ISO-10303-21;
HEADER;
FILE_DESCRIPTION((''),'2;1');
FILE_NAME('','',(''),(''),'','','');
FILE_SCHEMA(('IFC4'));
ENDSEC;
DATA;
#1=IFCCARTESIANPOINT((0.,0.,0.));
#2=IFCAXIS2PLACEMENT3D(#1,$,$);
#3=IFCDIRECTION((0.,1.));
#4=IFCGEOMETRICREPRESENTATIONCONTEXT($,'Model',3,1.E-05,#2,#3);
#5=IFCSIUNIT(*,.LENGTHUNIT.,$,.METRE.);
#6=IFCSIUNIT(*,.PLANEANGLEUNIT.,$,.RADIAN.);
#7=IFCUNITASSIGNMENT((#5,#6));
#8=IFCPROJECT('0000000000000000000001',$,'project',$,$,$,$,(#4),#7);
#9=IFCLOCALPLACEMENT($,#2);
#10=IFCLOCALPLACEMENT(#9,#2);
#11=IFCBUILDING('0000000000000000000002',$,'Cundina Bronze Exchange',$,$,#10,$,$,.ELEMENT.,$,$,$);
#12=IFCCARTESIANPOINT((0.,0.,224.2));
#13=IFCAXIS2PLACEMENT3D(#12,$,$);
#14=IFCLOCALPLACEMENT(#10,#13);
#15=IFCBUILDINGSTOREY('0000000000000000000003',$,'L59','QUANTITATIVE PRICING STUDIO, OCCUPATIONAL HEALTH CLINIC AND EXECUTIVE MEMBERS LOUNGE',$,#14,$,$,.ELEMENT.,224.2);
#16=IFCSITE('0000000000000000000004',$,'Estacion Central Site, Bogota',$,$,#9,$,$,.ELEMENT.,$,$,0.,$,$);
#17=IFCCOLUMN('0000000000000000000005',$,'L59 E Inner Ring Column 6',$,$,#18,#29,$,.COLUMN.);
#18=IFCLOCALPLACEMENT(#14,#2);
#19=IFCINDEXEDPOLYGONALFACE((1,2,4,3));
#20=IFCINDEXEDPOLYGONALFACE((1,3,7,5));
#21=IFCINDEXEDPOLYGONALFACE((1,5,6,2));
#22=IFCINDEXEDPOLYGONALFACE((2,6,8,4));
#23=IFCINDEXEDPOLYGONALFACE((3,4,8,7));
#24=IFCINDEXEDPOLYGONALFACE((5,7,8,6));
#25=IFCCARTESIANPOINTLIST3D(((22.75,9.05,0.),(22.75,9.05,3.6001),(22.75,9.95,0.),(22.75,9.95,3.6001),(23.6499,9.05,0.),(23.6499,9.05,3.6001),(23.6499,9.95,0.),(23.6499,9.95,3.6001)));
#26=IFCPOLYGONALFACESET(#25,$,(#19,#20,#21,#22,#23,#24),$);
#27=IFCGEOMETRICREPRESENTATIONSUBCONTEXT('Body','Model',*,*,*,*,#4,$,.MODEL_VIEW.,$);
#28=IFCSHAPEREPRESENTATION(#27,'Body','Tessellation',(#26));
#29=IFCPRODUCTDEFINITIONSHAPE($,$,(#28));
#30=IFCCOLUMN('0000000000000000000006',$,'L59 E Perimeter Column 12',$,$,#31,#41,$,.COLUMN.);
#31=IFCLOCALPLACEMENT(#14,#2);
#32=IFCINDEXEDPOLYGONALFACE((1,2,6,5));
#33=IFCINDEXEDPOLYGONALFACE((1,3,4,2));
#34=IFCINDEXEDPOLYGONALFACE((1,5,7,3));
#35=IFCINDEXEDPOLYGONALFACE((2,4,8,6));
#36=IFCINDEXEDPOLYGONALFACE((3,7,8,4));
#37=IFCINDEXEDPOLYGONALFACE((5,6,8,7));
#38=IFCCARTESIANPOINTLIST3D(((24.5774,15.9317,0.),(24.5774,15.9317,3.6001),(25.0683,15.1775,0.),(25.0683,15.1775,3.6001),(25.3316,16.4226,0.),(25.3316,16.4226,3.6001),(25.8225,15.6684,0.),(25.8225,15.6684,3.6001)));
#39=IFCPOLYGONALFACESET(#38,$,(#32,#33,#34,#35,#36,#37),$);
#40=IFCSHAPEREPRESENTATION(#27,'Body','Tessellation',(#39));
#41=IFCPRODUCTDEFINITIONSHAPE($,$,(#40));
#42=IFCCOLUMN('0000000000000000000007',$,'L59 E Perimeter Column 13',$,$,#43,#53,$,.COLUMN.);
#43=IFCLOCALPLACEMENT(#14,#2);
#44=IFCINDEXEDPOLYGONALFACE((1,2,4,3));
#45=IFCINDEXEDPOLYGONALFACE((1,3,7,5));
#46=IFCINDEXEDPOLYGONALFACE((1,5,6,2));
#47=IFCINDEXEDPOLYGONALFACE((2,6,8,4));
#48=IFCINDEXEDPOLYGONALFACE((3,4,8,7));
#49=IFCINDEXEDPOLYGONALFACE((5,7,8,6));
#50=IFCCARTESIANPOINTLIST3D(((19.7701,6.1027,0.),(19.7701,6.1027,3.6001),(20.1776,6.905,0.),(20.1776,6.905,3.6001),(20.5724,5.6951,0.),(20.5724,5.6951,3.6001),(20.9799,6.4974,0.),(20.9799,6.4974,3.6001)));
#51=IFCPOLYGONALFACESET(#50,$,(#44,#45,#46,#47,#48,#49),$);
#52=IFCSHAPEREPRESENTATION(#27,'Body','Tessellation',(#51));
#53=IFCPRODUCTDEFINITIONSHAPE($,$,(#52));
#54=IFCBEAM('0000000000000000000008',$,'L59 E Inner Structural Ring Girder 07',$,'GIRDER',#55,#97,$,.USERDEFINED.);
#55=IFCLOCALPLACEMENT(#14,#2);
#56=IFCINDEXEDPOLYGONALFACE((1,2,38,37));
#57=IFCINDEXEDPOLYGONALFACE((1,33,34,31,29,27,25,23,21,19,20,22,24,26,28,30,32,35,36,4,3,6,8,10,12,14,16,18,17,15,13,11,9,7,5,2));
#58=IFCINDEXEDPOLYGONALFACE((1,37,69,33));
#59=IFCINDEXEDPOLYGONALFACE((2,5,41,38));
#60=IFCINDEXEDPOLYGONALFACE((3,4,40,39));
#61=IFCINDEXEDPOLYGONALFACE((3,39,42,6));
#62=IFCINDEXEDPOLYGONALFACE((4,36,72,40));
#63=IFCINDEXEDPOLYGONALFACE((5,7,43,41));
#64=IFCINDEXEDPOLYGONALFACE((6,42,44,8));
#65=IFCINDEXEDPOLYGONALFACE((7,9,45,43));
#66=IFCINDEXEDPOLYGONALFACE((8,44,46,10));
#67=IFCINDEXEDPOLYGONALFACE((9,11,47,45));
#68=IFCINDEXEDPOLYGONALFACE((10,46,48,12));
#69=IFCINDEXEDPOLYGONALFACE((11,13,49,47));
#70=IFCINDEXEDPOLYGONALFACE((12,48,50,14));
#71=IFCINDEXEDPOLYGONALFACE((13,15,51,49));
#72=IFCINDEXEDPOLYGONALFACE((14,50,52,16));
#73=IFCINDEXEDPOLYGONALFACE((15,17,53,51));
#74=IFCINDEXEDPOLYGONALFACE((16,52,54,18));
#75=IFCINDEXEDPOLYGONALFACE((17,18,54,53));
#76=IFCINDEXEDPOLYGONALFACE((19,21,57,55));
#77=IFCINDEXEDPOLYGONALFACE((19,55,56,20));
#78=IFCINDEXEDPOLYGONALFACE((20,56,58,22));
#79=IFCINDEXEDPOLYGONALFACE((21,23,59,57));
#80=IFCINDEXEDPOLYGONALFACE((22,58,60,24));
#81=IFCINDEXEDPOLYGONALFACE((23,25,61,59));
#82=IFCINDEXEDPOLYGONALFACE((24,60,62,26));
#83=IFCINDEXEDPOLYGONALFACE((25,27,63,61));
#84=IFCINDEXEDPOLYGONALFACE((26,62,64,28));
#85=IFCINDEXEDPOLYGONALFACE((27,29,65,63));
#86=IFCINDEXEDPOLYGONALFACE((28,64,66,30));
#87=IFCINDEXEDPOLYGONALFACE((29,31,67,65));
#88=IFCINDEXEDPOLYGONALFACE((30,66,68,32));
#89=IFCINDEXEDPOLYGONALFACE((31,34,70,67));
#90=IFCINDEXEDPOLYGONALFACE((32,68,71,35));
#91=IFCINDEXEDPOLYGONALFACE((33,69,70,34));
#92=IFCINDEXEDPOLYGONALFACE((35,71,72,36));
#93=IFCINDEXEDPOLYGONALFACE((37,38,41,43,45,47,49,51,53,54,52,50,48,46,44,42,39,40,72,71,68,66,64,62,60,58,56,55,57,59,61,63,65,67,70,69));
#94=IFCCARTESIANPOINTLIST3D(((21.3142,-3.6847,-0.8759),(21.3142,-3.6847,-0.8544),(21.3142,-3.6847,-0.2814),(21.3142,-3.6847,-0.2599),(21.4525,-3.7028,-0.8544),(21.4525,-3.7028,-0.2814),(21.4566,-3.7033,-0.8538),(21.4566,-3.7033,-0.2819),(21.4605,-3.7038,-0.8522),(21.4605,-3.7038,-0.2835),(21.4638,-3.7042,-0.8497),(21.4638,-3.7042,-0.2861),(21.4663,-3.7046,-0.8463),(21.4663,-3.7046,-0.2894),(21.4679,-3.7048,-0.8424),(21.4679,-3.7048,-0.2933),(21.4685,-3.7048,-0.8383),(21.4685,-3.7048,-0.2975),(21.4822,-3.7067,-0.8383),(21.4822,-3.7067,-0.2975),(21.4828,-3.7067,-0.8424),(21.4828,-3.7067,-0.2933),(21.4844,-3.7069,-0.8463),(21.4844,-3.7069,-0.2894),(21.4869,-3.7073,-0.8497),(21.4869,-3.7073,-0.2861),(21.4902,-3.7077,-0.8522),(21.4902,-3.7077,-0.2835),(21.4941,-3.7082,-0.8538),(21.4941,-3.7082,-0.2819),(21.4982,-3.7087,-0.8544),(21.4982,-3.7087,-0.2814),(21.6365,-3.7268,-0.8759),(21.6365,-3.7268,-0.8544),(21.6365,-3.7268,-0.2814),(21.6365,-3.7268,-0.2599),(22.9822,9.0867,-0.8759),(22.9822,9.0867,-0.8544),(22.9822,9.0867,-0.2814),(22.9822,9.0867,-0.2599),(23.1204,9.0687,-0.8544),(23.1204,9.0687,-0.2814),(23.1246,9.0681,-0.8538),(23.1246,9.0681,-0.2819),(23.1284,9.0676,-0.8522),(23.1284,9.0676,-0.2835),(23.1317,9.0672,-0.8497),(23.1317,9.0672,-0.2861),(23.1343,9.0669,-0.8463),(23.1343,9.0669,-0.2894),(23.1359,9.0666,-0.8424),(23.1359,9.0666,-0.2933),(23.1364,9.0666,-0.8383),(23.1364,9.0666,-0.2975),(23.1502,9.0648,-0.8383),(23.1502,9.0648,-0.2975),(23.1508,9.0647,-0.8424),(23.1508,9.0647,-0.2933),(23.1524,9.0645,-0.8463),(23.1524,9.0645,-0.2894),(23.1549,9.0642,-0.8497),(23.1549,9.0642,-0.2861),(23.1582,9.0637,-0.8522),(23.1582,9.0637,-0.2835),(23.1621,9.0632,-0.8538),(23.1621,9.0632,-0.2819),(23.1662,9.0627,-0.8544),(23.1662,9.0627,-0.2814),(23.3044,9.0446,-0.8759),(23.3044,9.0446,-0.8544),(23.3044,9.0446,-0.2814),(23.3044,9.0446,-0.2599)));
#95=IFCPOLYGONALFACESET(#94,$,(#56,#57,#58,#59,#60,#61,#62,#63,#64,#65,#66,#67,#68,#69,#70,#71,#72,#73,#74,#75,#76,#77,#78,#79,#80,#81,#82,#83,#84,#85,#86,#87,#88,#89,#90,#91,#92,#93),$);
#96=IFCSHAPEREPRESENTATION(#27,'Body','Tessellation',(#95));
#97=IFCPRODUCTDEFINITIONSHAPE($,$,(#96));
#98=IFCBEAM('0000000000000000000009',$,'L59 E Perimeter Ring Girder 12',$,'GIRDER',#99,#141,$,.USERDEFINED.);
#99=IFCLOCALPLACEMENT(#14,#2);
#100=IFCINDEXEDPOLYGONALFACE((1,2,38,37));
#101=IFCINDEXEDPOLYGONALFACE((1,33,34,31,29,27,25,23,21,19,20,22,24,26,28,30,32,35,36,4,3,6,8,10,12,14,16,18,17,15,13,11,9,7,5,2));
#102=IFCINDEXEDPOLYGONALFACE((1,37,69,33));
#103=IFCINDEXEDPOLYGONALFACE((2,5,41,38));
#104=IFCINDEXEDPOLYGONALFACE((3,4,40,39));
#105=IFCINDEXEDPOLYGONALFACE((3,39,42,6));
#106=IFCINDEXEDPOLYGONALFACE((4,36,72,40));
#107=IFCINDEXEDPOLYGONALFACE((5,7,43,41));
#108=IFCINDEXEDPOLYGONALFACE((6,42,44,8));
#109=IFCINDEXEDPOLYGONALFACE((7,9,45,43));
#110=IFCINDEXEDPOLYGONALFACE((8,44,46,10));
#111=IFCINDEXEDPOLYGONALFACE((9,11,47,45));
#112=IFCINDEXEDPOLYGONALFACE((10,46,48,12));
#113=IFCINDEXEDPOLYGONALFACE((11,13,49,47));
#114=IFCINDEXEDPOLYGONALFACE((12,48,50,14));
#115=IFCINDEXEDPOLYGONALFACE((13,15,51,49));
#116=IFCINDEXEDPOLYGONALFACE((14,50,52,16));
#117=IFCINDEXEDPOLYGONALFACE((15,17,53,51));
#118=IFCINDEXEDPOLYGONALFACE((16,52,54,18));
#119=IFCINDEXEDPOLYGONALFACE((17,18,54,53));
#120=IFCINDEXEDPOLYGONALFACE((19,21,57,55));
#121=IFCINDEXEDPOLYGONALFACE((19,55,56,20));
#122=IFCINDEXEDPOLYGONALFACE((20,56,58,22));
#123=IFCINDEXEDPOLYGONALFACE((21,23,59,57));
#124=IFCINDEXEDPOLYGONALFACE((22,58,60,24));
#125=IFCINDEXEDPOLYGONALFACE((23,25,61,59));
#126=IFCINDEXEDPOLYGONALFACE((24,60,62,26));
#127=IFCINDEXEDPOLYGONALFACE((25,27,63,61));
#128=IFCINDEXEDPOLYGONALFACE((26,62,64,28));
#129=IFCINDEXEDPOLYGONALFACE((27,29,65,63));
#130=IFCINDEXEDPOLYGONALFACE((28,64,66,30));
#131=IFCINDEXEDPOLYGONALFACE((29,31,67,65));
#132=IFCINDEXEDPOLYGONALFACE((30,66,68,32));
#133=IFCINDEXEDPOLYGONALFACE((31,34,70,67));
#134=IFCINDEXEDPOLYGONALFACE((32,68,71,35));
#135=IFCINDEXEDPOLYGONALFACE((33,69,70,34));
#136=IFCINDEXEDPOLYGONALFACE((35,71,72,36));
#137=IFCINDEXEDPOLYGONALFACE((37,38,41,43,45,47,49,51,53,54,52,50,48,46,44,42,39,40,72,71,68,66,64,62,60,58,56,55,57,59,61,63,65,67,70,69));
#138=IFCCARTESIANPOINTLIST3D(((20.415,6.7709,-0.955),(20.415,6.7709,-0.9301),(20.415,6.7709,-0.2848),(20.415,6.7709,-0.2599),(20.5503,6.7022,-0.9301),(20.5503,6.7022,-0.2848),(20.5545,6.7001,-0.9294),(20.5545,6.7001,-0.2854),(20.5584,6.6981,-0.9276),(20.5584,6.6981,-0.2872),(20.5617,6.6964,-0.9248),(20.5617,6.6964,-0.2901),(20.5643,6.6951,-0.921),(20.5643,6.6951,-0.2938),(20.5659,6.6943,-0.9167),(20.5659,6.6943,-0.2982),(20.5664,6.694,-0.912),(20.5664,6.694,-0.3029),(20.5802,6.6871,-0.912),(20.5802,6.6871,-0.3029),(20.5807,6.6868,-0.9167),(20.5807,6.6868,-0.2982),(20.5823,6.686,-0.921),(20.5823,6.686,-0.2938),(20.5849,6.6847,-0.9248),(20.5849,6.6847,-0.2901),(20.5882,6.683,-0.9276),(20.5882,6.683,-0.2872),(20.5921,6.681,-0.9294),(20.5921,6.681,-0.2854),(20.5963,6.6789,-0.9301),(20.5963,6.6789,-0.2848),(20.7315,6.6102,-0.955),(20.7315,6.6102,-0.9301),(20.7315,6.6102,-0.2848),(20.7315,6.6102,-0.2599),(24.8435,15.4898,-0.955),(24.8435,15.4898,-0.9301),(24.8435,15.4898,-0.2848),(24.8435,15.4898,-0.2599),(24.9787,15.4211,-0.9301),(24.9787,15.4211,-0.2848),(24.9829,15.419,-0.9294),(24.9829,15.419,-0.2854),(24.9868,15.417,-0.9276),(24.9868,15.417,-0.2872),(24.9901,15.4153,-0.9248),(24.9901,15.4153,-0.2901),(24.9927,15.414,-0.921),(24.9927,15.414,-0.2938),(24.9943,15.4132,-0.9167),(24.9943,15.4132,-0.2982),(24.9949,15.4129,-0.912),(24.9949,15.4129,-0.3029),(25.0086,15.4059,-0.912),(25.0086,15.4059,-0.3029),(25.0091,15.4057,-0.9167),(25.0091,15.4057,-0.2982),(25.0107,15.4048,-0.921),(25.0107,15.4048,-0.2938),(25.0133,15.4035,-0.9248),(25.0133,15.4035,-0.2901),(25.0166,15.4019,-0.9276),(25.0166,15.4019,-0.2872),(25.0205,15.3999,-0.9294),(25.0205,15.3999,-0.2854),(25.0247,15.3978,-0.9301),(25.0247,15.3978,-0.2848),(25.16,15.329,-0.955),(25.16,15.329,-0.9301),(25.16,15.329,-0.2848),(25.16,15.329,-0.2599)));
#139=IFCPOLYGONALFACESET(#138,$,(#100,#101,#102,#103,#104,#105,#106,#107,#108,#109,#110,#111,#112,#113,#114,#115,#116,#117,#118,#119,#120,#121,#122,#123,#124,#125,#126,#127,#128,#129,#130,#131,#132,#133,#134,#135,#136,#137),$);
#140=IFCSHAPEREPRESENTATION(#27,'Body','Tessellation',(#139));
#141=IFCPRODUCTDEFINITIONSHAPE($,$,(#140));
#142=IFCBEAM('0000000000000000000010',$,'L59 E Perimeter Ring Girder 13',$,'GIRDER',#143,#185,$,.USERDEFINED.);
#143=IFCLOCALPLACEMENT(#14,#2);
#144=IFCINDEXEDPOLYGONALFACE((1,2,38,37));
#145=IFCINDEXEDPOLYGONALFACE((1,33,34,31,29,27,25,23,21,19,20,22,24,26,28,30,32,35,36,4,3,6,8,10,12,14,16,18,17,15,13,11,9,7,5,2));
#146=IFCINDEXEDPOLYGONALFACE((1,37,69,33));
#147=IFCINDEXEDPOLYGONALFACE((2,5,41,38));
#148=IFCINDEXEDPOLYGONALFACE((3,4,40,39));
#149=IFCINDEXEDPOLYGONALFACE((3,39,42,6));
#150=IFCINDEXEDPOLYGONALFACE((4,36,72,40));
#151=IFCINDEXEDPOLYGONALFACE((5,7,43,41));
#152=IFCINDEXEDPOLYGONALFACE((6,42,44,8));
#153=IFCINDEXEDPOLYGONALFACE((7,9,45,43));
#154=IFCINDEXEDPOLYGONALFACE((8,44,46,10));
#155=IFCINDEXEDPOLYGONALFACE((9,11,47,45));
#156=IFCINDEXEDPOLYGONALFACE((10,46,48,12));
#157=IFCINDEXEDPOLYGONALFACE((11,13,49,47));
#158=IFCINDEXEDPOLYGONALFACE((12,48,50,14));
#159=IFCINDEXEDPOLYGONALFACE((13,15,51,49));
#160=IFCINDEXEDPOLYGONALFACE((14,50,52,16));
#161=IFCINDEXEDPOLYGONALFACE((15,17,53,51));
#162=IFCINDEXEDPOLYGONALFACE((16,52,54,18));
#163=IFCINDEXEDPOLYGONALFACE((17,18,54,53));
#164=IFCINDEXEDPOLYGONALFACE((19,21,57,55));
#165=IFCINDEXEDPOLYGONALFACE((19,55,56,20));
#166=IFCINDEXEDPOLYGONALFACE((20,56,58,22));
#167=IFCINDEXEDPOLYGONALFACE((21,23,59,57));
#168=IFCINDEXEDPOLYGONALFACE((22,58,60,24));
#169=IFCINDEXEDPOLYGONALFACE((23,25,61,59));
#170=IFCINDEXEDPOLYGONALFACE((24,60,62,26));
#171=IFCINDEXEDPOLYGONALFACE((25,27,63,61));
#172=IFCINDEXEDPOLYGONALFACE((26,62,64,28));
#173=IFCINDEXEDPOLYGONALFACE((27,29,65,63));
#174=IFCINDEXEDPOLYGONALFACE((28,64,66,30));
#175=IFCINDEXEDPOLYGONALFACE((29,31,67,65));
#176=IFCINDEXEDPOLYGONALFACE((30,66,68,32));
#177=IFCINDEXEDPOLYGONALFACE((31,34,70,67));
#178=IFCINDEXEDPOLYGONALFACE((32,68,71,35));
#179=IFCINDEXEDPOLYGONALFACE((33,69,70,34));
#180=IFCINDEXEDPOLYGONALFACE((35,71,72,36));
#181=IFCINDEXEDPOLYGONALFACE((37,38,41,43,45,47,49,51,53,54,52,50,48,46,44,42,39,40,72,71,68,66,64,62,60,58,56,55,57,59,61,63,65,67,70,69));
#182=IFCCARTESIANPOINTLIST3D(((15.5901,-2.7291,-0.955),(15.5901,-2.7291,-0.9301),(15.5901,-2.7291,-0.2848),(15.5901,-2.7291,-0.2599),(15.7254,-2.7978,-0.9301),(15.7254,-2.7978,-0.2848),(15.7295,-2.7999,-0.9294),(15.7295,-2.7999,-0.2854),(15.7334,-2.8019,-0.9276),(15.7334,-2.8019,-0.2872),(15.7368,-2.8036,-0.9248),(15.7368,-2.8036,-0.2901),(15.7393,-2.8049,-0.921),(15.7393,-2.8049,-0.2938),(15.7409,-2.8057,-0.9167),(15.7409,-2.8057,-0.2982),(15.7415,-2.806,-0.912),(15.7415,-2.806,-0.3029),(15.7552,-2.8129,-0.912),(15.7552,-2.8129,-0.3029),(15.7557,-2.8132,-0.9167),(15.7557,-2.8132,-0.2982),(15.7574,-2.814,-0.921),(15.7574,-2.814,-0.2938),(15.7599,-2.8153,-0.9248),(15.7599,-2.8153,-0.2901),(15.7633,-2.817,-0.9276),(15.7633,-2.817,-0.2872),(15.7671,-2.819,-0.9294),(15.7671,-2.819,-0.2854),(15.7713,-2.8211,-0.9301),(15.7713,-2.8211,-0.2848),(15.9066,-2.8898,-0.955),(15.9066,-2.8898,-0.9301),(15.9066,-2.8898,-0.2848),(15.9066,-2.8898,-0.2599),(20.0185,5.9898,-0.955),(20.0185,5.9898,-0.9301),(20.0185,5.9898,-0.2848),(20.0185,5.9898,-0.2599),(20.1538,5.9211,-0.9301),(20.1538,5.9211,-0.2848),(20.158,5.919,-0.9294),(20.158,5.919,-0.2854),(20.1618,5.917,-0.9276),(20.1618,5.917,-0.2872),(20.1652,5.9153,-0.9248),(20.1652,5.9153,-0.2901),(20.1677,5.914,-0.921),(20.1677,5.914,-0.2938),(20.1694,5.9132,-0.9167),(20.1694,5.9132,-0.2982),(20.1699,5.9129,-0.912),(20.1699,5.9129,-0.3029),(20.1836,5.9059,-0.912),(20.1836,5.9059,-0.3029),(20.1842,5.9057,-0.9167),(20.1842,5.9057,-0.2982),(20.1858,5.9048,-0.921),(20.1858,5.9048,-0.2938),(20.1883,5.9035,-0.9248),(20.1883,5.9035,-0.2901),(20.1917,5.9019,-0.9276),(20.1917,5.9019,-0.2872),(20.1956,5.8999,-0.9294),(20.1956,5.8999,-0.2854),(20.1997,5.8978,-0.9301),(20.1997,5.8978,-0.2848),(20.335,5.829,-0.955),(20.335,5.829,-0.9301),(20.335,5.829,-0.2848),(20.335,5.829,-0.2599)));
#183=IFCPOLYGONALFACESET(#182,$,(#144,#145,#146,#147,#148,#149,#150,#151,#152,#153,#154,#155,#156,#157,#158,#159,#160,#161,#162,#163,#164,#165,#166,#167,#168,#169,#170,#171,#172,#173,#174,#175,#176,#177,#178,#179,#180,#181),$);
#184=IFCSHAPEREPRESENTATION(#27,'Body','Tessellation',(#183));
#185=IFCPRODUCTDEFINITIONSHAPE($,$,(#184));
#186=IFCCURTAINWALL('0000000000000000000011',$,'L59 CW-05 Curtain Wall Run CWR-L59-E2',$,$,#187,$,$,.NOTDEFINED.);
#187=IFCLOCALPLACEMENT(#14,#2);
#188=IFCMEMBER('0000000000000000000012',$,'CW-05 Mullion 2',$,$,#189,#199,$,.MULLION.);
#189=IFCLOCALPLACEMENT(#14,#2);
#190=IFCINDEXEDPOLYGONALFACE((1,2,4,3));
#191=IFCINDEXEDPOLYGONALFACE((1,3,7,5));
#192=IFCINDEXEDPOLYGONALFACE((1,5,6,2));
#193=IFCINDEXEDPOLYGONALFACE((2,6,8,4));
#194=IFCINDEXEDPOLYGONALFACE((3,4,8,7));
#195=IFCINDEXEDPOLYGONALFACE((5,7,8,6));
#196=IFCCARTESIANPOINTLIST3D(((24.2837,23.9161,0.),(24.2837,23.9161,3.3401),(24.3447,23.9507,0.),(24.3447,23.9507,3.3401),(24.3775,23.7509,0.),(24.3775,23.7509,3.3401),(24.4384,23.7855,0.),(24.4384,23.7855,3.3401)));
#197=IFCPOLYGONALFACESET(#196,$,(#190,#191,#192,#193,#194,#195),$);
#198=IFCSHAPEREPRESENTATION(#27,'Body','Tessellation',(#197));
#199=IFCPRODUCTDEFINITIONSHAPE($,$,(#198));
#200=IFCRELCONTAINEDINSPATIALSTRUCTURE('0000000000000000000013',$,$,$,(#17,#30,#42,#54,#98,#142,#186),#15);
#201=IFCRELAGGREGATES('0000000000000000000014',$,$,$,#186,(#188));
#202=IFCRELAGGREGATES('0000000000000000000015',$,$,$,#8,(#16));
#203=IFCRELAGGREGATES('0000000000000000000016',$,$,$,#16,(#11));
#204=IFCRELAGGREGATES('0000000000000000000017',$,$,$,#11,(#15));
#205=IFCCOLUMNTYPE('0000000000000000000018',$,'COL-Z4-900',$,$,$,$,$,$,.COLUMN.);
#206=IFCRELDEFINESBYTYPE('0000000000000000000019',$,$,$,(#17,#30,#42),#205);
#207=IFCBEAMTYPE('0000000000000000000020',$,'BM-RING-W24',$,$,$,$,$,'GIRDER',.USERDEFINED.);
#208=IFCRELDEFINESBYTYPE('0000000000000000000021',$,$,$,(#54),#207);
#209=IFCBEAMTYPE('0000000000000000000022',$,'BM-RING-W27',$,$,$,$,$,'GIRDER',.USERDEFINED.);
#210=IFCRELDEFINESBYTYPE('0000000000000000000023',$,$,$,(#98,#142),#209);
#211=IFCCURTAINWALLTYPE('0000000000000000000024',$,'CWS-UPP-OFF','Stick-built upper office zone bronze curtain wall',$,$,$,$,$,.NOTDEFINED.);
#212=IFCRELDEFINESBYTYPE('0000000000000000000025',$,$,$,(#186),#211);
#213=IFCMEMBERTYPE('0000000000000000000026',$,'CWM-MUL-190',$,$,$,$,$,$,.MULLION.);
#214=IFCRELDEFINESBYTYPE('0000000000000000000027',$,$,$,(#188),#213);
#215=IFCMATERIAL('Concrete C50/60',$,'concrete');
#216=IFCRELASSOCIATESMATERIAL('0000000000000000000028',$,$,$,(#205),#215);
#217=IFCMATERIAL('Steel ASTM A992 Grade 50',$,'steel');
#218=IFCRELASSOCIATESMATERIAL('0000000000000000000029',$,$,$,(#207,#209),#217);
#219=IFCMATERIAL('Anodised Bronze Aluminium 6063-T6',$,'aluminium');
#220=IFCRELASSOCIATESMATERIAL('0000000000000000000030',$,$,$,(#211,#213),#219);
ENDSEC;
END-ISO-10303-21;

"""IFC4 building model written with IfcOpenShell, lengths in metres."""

from ifc_helpers import new_model, si_unit, direction, frame, origin, origin_2d, place, context, subcontext, project, spatial, rectangle, i_section, extrude, material, material_profile, profile_set, type_object, element, aggregate, save


model = new_model("IFC4")

# Units and contexts
model_context = context("Model", 3, precision=1e-05, world=origin(), true_north=direction((0.0, 1.0)))
body_context = subcontext(model_context, "Body", "Model", "MODEL_VIEW")
ifc_project = project(units=[si_unit("LENGTHUNIT", "METRE"), si_unit("PLANEANGLEUNIT", "RADIAN")], contexts=[model_context])

# Site, building, storey
site_placement = place(None, origin())
site = spatial("IfcSite", under=ifc_project, at=site_placement, Name="Estacion Central Site, Bogota", CompositionType="ELEMENT", RefElevation=0.0)
building_placement = place(site_placement, origin())
building = spatial("IfcBuilding", under=site, at=building_placement, Name="Cundina Bronze Exchange", CompositionType="ELEMENT")
storey_placement = place(building_placement, frame((0.0, 0.0, 224.2)))
storey = spatial("IfcBuildingStorey", under=building, at=storey_placement, Name="L59", Description="QUANTITATIVE PRICING STUDIO, OCCUPATIONAL HEALTH CLINIC AND EXECUTIVE MEMBERS LOUNGE", CompositionType="ELEMENT", Elevation=224.2)

# Columns
ifc_material_1 = material(Name="Concrete C50/60", Category="concrete")
ifc_material_profile_1 = material_profile(ifc_material_1, rectangle(XDim=0.8999, YDim=0.8999, at=origin_2d()), Name="RC900X900", Category="concrete")
ifc_profile_set_1 = profile_set([ifc_material_profile_1], Name="Concrete C50/60")
column_type = type_object("IfcColumnType", Name="COL-Z4-900", PredefinedType="COLUMN", material=ifc_profile_set_1)
for number, where, z_axis, x_axis, name in (
    (1, (23.2, 9.5, 0.0), (0.0, 0.0, 1.0), (1.0, 0.0, 0.0), "L59 E Inner Ring Column 6"),
    (2, (25.2, 15.8, 0.0), (0.0, 0.0, 1.0), (-0.8381, -0.545517, 0.0), "L59 E Perimeter Column 12"),
    (3, (20.375, 6.3, 0.0), (0.0, 0.0, 1.0), (-0.452902, -0.891561, 0.0), "L59 E Perimeter Column 13"),
):
    element("IfcColumn", number, at=place(storey_placement, frame(where, z_axis=z_axis, x_axis=x_axis)), inside=storey, type_object=column_type, Name=name, PredefinedType="COLUMN", context=body_context, shape_type="SweptSolid", body=[
        extrude(rectangle(XDim=0.8999, YDim=0.8999, at=origin_2d()), origin(), (0.0, 0.0, 1.0), 3.6001),
    ])

# Beams
ifc_material_2 = material(Name="Steel ASTM A992 Grade 50", Category="steel")
ifc_material_profile_2 = material_profile(ifc_material_2, i_section(OverallWidth=0.325, OverallDepth=0.616, WebThickness=0.0139, FlangeThickness=0.0215, FilletRadius=0.0161, at=origin_2d()), Name="W24X117", Category="steel")
ifc_profile_set_2 = profile_set([ifc_material_profile_2], Name="Steel ASTM A992 Grade 50")
beam_type_1 = type_object("IfcBeamType", Name="BM-RING-W24", ElementType="GIRDER", PredefinedType="USERDEFINED", material=ifc_profile_set_2)
beam_placement = place(storey_placement, frame((23.1433, 9.0657, -0.5679), z_axis=(-0.129501, -0.991579, 0.0), x_axis=(0.991579, -0.129501, 0.0)))
element("IfcBeam", 4, at=beam_placement, inside=storey, type_object=beam_type_1, Name="L59 E Inner Structural Ring Girder 07", ObjectType="GIRDER", PredefinedType="USERDEFINED", context=body_context, shape_type="SweptSolid", body=[
    extrude(i_section(OverallWidth=0.325, OverallDepth=0.616, WebThickness=0.0139, FlangeThickness=0.0215, FilletRadius=0.0161, at=origin_2d()), origin(), (0.0, 0.0, 1.0), 12.8799),
])
ifc_material_profile_3 = material_profile(ifc_material_2, i_section(OverallWidth=0.355, OverallDepth=0.6951, WebThickness=0.0154, FlangeThickness=0.0249, FilletRadius=0.0181, at=origin_2d()), Name="W27X146", Category="steel")
ifc_profile_set_3 = profile_set([ifc_material_profile_3], Name="Steel ASTM A992 Grade 50")
beam_type_2 = type_object("IfcBeamType", Name="BM-RING-W27", ElementType="GIRDER", PredefinedType="USERDEFINED", material=ifc_profile_set_3)
for number, where, z_axis, x_axis, name in (
    (5, (25.0017, 15.4094, -0.6074), (-0.452847, -0.891588, 0.0), (0.891588, -0.452847, 0.0), "L59 E Perimeter Ring Girder 12"),
    (6, (20.1768, 5.9094, -0.6074), (-0.452847, -0.891588, 0.0), (0.891588, -0.452847, 0.0), "L59 E Perimeter Ring Girder 13"),
):
    element("IfcBeam", number, at=place(storey_placement, frame(where, z_axis=z_axis, x_axis=x_axis)), inside=storey, type_object=beam_type_2, Name=name, ObjectType="GIRDER", PredefinedType="USERDEFINED", context=body_context, shape_type="SweptSolid", body=[
        extrude(i_section(OverallWidth=0.355, OverallDepth=0.6951, WebThickness=0.0154, FlangeThickness=0.0249, FilletRadius=0.0181, at=origin_2d()), origin(), (0.0, 0.0, 1.0), 9.7791),
    ])

# Curtain wall, member
ifc_material_3 = material(Name="Anodised Bronze Aluminium 6063-T6", Category="aluminium")
curtain_wall_type = type_object("IfcCurtainWallType", Name="CWS-UPP-OFF", Description="Stick-built upper office zone bronze curtain wall", PredefinedType="NOTDEFINED", material=ifc_material_3)
curtain_wall_placement = place(storey_placement, origin())
curtain_wall = element("IfcCurtainWall", 7, at=curtain_wall_placement, inside=storey, type_object=curtain_wall_type, Name="L59 CW-05 Curtain Wall Run CWR-L59-E2", PredefinedType="NOTDEFINED")
ifc_material_profile_4 = material_profile(ifc_material_3, rectangle(XDim=0.0701, YDim=0.1899, at=origin_2d()), Name="AL70X190", Category="aluminium")
ifc_profile_set_4 = profile_set([ifc_material_profile_4], Name="Anodised Bronze Aluminium 6063-T6")
member_type_1 = type_object("IfcMemberType", Name="CWM-MUL-190", PredefinedType="MULLION", material=ifc_profile_set_4)
member_1_placement = place(storey_placement, frame((24.3611, 23.8508, 0.0), z_axis=(0.0, 0.0, 1.0), x_axis=(-0.869581, -0.49379, 0.0)))
member_1 = element("IfcMember", 8, at=member_1_placement, type_object=member_type_1, Name="CW-05 Mullion 2", PredefinedType="MULLION", context=body_context, shape_type="SweptSolid", body=[
    extrude(rectangle(XDim=0.0701, YDim=0.1899, at=origin_2d()), origin(), (0.0, 0.0, 1.0), 3.3401),
])
aggregate(curtain_wall, [member_1])

save(model, "model.ifc")
